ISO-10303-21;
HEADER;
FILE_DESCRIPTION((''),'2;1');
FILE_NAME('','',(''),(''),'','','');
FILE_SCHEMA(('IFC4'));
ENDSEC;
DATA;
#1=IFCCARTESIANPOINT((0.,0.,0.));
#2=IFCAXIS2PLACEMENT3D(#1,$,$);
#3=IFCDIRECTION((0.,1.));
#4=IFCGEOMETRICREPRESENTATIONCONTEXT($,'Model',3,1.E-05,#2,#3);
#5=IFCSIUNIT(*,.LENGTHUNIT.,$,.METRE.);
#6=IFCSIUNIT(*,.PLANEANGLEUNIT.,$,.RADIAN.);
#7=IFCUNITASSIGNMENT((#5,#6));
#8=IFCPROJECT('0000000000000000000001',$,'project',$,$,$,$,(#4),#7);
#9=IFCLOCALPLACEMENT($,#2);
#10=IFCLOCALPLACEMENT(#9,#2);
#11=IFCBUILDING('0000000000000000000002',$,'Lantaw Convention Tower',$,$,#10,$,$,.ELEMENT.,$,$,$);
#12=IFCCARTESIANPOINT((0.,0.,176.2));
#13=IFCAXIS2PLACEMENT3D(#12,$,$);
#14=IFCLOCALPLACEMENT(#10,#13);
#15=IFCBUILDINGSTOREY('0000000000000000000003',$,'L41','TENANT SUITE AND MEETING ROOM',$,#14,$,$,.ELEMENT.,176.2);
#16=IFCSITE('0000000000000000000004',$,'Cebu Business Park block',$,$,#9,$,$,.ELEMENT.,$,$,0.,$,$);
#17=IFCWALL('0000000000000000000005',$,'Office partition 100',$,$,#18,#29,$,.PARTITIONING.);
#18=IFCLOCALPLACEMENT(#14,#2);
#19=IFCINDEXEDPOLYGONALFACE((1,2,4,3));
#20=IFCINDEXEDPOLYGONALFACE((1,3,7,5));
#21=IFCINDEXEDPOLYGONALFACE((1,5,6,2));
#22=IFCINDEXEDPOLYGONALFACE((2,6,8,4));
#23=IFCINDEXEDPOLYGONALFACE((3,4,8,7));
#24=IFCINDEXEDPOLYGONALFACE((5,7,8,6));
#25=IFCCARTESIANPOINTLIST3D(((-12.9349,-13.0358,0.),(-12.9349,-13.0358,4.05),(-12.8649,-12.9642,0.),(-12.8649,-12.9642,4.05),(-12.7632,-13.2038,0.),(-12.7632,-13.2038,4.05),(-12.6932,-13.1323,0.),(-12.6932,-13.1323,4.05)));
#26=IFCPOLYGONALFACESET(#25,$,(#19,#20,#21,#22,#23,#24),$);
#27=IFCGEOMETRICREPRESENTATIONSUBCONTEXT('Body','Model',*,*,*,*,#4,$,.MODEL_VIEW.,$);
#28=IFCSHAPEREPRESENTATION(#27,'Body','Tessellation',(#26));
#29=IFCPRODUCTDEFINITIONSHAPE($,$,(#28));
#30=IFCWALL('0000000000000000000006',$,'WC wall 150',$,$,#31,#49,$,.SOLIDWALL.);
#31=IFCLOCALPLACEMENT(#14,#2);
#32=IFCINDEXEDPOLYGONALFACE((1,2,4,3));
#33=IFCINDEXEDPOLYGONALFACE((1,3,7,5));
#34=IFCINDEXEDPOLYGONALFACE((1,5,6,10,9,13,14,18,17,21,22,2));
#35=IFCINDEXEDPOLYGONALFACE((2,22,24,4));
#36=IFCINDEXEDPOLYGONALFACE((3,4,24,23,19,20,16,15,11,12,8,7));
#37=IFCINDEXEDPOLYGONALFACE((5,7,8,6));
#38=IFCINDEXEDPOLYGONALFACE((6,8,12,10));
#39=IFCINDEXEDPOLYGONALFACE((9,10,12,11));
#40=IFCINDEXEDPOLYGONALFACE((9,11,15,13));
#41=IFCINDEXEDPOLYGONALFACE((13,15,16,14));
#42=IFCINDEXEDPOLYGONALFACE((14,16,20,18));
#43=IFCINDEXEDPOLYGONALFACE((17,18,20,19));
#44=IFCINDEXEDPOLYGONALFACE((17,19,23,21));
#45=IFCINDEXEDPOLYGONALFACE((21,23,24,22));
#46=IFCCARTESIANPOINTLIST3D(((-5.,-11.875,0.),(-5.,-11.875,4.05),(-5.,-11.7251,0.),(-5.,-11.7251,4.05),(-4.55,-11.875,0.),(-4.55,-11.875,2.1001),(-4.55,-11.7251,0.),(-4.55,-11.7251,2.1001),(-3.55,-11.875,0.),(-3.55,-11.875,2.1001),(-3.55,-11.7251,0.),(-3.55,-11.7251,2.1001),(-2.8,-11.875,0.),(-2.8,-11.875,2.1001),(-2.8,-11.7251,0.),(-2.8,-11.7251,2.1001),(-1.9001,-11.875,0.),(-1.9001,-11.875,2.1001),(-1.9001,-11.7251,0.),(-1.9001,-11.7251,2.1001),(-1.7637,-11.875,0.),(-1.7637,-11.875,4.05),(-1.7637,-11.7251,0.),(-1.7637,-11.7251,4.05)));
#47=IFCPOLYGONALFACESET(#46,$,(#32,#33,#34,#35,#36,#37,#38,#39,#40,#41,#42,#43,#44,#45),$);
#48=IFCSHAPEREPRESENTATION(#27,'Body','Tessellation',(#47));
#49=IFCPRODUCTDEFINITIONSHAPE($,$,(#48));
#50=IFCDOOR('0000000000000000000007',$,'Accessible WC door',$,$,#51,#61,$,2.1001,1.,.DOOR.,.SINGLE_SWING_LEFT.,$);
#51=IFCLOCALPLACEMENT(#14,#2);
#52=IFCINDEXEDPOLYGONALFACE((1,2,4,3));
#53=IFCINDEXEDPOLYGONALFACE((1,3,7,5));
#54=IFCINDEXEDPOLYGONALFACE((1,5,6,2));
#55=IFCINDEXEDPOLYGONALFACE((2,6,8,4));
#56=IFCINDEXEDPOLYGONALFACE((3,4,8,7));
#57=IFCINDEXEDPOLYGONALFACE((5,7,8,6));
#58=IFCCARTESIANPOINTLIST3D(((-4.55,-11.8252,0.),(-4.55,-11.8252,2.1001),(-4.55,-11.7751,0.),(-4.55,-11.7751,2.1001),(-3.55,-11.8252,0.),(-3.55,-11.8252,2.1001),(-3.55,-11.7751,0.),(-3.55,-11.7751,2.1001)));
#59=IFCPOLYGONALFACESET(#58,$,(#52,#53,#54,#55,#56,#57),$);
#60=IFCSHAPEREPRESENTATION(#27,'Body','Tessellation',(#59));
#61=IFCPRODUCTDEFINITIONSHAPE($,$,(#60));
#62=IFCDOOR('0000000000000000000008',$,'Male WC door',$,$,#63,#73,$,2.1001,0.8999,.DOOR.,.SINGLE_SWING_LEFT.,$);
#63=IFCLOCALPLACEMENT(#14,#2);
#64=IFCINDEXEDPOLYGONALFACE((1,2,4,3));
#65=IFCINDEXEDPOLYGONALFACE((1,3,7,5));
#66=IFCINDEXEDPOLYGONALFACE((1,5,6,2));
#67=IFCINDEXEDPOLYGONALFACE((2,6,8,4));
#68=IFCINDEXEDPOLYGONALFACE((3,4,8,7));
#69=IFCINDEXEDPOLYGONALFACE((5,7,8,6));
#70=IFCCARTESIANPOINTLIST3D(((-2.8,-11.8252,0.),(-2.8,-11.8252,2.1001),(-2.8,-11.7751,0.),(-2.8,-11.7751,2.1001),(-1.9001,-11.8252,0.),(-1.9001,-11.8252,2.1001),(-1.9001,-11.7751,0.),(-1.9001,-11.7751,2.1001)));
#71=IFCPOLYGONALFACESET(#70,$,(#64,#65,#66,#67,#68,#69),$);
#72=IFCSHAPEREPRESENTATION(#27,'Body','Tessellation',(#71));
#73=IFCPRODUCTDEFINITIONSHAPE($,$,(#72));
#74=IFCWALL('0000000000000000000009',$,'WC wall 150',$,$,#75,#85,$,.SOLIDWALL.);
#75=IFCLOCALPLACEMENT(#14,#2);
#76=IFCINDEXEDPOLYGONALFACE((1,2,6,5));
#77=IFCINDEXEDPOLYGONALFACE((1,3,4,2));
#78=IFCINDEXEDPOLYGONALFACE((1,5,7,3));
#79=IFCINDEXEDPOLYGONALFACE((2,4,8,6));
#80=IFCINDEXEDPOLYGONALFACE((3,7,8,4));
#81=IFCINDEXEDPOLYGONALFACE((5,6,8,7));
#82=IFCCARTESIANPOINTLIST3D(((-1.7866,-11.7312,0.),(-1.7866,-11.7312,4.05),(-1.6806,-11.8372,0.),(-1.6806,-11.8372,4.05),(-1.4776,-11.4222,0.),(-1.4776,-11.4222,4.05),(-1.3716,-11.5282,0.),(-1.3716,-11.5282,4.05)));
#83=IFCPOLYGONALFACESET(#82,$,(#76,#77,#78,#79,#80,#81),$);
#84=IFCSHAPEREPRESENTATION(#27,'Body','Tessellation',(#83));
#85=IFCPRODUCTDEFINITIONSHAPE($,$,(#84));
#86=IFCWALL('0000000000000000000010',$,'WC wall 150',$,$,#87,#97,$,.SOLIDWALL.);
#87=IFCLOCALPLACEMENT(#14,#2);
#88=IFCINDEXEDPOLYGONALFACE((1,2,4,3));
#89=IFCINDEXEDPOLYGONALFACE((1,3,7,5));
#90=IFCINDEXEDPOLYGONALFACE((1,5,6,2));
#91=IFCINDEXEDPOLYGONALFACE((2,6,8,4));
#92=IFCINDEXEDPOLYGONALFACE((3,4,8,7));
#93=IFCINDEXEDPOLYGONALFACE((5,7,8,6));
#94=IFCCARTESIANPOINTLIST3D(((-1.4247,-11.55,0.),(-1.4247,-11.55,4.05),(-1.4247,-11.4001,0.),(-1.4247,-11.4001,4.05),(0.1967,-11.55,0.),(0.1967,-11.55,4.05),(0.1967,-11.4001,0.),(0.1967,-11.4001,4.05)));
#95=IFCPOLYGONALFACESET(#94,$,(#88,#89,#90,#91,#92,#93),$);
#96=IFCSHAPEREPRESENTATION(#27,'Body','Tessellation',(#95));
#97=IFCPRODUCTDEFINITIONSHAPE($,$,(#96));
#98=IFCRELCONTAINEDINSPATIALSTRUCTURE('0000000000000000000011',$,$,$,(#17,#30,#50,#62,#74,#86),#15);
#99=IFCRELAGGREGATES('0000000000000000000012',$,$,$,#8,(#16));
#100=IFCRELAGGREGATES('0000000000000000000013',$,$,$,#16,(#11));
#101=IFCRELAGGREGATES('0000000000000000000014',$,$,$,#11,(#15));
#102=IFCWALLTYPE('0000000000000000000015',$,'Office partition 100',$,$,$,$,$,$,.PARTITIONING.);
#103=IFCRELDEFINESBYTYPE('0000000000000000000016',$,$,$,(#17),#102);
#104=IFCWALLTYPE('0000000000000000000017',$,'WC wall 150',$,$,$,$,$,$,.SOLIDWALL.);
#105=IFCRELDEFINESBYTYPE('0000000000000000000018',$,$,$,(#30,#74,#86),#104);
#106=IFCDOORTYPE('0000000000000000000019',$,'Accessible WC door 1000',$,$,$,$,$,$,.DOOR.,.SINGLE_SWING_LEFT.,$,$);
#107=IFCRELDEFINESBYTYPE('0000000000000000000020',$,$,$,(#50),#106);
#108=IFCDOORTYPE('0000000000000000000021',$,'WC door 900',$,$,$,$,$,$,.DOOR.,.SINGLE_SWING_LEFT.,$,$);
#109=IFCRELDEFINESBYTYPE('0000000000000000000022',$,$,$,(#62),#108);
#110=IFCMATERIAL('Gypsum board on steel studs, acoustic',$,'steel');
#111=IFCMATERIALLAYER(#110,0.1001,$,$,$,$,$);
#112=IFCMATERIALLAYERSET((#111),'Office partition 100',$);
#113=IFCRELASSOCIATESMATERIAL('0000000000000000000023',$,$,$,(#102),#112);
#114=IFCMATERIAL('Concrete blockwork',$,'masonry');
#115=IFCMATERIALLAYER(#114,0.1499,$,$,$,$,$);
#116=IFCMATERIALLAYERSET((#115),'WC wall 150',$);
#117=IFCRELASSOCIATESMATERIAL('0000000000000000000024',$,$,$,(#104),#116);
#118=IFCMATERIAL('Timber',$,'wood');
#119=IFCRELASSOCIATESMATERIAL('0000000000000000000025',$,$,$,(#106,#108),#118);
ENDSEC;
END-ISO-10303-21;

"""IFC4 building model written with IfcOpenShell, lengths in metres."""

from ifc_helpers import new_model, si_unit, direction, frame, frame_2d, origin, place, context, subcontext, project, spatial, rectangle, extrude, material, layer, layer_set, type_object, element, fill, save


model = new_model("IFC4")

# Units and contexts
model_context = context("Model", 3, precision=1e-05, world=origin(), true_north=direction((0.0, 1.0)))
body_context = subcontext(model_context, "Body", "Model", "MODEL_VIEW")
ifc_project = project(units=[si_unit("LENGTHUNIT", "METRE"), si_unit("PLANEANGLEUNIT", "RADIAN")], contexts=[model_context])

# Site, building, storey
site_placement = place(None, origin())
site = spatial("IfcSite", under=ifc_project, at=site_placement, Name="Cebu Business Park block", CompositionType="ELEMENT", RefElevation=0.0)
building_placement = place(site_placement, origin())
building = spatial("IfcBuilding", under=site, at=building_placement, Name="Lantaw Convention Tower", CompositionType="ELEMENT")
storey_placement = place(building_placement, frame((0.0, 0.0, 176.2)))
storey = spatial("IfcBuildingStorey", under=building, at=storey_placement, Name="L41", Description="TENANT SUITE AND MEETING ROOM", CompositionType="ELEMENT", Elevation=176.2)

# Wall
ifc_material_1 = material(Name="Gypsum board on steel studs, acoustic", Category="steel")
ifc_layer_1 = layer(ifc_material_1, 0.1001)
ifc_layer_set_1 = layer_set([ifc_layer_1], Name="Office partition 100")
wall_type_1 = type_object("IfcWallType", Name="Office partition 100", PredefinedType="PARTITIONING", material=ifc_layer_set_1)
wall_1_placement = place(storey_placement, frame((-12.8999, -13.0, 0.0), z_axis=(0.0, 0.0, 1.0), x_axis=(0.71469, -0.699441, 0.0)))
element("IfcWall", 1, at=wall_1_placement, inside=storey, type_object=wall_type_1, Name="Office partition 100", PredefinedType="PARTITIONING", context=body_context, shape_type="SweptSolid", body=[
    extrude(rectangle(XDim=0.2402, YDim=0.1001, at=frame_2d((0.1201, 0.0))), origin(), (0.0, 0.0, 1.0), 4.05),
])

# Wall, openings, doors
ifc_material_2 = material(Name="Concrete blockwork", Category="masonry")
ifc_layer_2 = layer(ifc_material_2, 0.1499)
ifc_layer_set_2 = layer_set([ifc_layer_2], Name="WC wall 150")
wall_type_2 = type_object("IfcWallType", Name="WC wall 150", PredefinedType="SOLIDWALL", material=ifc_layer_set_2)
wall_2_placement = place(storey_placement, frame((-5.0, -11.8, 0.0), z_axis=(0.0, 0.0, 1.0), x_axis=(1.0, 0.0, 0.0)))
wall_2 = element("IfcWall", 2, at=wall_2_placement, inside=storey, type_object=wall_type_2, Name="WC wall 150", PredefinedType="SOLIDWALL", context=body_context, shape_type="SweptSolid", body=[
    extrude(rectangle(XDim=3.2363, YDim=0.1499, at=frame_2d((1.6182, 0.0))), origin(), (0.0, 0.0, 1.0), 4.05),
])
opening_1_placement = place(wall_2_placement, frame((0.45, 0.0, 0.0)))
opening_1 = element("IfcOpeningElement", 3, at=opening_1_placement, cuts=wall_2, PredefinedType="OPENING", context=body_context, shape_type="SweptSolid", body=[
    extrude(rectangle(XDim=1.0, YDim=2.1001, at=frame_2d((0.5, 1.05))), frame((0.0, 0.085, 0.0), z_axis=(0.0, -1.0, 0.0), x_axis=(1.0, 0.0, 0.0)), (0.0, 0.0, 1.0), 0.1699),
])
opening_2_placement = place(wall_2_placement, frame((2.2, 0.0, 0.0)))
opening_2 = element("IfcOpeningElement", 4, at=opening_2_placement, cuts=wall_2, PredefinedType="OPENING", context=body_context, shape_type="SweptSolid", body=[
    extrude(rectangle(XDim=0.8999, YDim=2.1001, at=frame_2d((0.45, 1.05))), frame((0.0, 0.085, 0.0), z_axis=(0.0, -1.0, 0.0), x_axis=(1.0, 0.0, 0.0)), (0.0, 0.0, 1.0), 0.1699),
])
ifc_material_3 = material(Name="Timber", Category="wood")
door_type_1 = type_object("IfcDoorType", Name="Accessible WC door 1000", OperationType="SINGLE_SWING_LEFT", PredefinedType="DOOR", material=ifc_material_3)
door_1_placement = place(opening_1_placement, origin())
door_1 = element("IfcDoor", 5, at=door_1_placement, inside=storey, type_object=door_type_1, Name="Accessible WC door", OperationType="SINGLE_SWING_LEFT", OverallHeight=2.1001, OverallWidth=1.0, PredefinedType="DOOR", context=body_context, shape_type="SweptSolid", body=[
    extrude(rectangle(XDim=1.0, YDim=2.1001, at=frame_2d((0.5, 1.05))), frame((0.0, 0.0249, 0.0), z_axis=(0.0, -1.0, 0.0), x_axis=(1.0, 0.0, 0.0)), (0.0, 0.0, 1.0), 0.05),
])
fill(opening_1, door_1)
door_type_2 = type_object("IfcDoorType", Name="WC door 900", OperationType="SINGLE_SWING_LEFT", PredefinedType="DOOR", material=ifc_material_3)
door_2_placement = place(opening_2_placement, origin())
door_2 = element("IfcDoor", 6, at=door_2_placement, inside=storey, type_object=door_type_2, Name="Male WC door", OperationType="SINGLE_SWING_LEFT", OverallHeight=2.1001, OverallWidth=0.8999, PredefinedType="DOOR", context=body_context, shape_type="SweptSolid", body=[
    extrude(rectangle(XDim=0.8999, YDim=2.1001, at=frame_2d((0.45, 1.05))), frame((0.0, 0.0249, 0.0), z_axis=(0.0, -1.0, 0.0), x_axis=(1.0, 0.0, 0.0)), (0.0, 0.0, 1.0), 0.05),
])
fill(opening_2, door_2)

# Walls
wall_3_placement = place(storey_placement, frame((-1.7336, -11.7842, 0.0), z_axis=(0.0, 0.0, 1.0), x_axis=(0.707107, 0.707107, 0.0)))
element("IfcWall", 7, at=wall_3_placement, inside=storey, type_object=wall_type_2, Name="WC wall 150", PredefinedType="SOLIDWALL", context=body_context, shape_type="SweptSolid", body=[
    extrude(rectangle(XDim=0.437, YDim=0.1499, at=frame_2d((0.2185, 0.0))), origin(), (0.0, 0.0, 1.0), 4.05),
])
wall_4_placement = place(storey_placement, frame((-1.4246, -11.4751, 0.0), z_axis=(0.0, 0.0, 1.0), x_axis=(1.0, 0.0, 0.0)))
element("IfcWall", 8, at=wall_4_placement, inside=storey, type_object=wall_type_2, Name="WC wall 150", PredefinedType="SOLIDWALL", context=body_context, shape_type="SweptSolid", body=[
    extrude(rectangle(XDim=1.6213, YDim=0.1499, at=frame_2d((0.8105, 0.0))), origin(), (0.0, 0.0, 1.0), 4.05),
])

save(model, "model.ifc")
